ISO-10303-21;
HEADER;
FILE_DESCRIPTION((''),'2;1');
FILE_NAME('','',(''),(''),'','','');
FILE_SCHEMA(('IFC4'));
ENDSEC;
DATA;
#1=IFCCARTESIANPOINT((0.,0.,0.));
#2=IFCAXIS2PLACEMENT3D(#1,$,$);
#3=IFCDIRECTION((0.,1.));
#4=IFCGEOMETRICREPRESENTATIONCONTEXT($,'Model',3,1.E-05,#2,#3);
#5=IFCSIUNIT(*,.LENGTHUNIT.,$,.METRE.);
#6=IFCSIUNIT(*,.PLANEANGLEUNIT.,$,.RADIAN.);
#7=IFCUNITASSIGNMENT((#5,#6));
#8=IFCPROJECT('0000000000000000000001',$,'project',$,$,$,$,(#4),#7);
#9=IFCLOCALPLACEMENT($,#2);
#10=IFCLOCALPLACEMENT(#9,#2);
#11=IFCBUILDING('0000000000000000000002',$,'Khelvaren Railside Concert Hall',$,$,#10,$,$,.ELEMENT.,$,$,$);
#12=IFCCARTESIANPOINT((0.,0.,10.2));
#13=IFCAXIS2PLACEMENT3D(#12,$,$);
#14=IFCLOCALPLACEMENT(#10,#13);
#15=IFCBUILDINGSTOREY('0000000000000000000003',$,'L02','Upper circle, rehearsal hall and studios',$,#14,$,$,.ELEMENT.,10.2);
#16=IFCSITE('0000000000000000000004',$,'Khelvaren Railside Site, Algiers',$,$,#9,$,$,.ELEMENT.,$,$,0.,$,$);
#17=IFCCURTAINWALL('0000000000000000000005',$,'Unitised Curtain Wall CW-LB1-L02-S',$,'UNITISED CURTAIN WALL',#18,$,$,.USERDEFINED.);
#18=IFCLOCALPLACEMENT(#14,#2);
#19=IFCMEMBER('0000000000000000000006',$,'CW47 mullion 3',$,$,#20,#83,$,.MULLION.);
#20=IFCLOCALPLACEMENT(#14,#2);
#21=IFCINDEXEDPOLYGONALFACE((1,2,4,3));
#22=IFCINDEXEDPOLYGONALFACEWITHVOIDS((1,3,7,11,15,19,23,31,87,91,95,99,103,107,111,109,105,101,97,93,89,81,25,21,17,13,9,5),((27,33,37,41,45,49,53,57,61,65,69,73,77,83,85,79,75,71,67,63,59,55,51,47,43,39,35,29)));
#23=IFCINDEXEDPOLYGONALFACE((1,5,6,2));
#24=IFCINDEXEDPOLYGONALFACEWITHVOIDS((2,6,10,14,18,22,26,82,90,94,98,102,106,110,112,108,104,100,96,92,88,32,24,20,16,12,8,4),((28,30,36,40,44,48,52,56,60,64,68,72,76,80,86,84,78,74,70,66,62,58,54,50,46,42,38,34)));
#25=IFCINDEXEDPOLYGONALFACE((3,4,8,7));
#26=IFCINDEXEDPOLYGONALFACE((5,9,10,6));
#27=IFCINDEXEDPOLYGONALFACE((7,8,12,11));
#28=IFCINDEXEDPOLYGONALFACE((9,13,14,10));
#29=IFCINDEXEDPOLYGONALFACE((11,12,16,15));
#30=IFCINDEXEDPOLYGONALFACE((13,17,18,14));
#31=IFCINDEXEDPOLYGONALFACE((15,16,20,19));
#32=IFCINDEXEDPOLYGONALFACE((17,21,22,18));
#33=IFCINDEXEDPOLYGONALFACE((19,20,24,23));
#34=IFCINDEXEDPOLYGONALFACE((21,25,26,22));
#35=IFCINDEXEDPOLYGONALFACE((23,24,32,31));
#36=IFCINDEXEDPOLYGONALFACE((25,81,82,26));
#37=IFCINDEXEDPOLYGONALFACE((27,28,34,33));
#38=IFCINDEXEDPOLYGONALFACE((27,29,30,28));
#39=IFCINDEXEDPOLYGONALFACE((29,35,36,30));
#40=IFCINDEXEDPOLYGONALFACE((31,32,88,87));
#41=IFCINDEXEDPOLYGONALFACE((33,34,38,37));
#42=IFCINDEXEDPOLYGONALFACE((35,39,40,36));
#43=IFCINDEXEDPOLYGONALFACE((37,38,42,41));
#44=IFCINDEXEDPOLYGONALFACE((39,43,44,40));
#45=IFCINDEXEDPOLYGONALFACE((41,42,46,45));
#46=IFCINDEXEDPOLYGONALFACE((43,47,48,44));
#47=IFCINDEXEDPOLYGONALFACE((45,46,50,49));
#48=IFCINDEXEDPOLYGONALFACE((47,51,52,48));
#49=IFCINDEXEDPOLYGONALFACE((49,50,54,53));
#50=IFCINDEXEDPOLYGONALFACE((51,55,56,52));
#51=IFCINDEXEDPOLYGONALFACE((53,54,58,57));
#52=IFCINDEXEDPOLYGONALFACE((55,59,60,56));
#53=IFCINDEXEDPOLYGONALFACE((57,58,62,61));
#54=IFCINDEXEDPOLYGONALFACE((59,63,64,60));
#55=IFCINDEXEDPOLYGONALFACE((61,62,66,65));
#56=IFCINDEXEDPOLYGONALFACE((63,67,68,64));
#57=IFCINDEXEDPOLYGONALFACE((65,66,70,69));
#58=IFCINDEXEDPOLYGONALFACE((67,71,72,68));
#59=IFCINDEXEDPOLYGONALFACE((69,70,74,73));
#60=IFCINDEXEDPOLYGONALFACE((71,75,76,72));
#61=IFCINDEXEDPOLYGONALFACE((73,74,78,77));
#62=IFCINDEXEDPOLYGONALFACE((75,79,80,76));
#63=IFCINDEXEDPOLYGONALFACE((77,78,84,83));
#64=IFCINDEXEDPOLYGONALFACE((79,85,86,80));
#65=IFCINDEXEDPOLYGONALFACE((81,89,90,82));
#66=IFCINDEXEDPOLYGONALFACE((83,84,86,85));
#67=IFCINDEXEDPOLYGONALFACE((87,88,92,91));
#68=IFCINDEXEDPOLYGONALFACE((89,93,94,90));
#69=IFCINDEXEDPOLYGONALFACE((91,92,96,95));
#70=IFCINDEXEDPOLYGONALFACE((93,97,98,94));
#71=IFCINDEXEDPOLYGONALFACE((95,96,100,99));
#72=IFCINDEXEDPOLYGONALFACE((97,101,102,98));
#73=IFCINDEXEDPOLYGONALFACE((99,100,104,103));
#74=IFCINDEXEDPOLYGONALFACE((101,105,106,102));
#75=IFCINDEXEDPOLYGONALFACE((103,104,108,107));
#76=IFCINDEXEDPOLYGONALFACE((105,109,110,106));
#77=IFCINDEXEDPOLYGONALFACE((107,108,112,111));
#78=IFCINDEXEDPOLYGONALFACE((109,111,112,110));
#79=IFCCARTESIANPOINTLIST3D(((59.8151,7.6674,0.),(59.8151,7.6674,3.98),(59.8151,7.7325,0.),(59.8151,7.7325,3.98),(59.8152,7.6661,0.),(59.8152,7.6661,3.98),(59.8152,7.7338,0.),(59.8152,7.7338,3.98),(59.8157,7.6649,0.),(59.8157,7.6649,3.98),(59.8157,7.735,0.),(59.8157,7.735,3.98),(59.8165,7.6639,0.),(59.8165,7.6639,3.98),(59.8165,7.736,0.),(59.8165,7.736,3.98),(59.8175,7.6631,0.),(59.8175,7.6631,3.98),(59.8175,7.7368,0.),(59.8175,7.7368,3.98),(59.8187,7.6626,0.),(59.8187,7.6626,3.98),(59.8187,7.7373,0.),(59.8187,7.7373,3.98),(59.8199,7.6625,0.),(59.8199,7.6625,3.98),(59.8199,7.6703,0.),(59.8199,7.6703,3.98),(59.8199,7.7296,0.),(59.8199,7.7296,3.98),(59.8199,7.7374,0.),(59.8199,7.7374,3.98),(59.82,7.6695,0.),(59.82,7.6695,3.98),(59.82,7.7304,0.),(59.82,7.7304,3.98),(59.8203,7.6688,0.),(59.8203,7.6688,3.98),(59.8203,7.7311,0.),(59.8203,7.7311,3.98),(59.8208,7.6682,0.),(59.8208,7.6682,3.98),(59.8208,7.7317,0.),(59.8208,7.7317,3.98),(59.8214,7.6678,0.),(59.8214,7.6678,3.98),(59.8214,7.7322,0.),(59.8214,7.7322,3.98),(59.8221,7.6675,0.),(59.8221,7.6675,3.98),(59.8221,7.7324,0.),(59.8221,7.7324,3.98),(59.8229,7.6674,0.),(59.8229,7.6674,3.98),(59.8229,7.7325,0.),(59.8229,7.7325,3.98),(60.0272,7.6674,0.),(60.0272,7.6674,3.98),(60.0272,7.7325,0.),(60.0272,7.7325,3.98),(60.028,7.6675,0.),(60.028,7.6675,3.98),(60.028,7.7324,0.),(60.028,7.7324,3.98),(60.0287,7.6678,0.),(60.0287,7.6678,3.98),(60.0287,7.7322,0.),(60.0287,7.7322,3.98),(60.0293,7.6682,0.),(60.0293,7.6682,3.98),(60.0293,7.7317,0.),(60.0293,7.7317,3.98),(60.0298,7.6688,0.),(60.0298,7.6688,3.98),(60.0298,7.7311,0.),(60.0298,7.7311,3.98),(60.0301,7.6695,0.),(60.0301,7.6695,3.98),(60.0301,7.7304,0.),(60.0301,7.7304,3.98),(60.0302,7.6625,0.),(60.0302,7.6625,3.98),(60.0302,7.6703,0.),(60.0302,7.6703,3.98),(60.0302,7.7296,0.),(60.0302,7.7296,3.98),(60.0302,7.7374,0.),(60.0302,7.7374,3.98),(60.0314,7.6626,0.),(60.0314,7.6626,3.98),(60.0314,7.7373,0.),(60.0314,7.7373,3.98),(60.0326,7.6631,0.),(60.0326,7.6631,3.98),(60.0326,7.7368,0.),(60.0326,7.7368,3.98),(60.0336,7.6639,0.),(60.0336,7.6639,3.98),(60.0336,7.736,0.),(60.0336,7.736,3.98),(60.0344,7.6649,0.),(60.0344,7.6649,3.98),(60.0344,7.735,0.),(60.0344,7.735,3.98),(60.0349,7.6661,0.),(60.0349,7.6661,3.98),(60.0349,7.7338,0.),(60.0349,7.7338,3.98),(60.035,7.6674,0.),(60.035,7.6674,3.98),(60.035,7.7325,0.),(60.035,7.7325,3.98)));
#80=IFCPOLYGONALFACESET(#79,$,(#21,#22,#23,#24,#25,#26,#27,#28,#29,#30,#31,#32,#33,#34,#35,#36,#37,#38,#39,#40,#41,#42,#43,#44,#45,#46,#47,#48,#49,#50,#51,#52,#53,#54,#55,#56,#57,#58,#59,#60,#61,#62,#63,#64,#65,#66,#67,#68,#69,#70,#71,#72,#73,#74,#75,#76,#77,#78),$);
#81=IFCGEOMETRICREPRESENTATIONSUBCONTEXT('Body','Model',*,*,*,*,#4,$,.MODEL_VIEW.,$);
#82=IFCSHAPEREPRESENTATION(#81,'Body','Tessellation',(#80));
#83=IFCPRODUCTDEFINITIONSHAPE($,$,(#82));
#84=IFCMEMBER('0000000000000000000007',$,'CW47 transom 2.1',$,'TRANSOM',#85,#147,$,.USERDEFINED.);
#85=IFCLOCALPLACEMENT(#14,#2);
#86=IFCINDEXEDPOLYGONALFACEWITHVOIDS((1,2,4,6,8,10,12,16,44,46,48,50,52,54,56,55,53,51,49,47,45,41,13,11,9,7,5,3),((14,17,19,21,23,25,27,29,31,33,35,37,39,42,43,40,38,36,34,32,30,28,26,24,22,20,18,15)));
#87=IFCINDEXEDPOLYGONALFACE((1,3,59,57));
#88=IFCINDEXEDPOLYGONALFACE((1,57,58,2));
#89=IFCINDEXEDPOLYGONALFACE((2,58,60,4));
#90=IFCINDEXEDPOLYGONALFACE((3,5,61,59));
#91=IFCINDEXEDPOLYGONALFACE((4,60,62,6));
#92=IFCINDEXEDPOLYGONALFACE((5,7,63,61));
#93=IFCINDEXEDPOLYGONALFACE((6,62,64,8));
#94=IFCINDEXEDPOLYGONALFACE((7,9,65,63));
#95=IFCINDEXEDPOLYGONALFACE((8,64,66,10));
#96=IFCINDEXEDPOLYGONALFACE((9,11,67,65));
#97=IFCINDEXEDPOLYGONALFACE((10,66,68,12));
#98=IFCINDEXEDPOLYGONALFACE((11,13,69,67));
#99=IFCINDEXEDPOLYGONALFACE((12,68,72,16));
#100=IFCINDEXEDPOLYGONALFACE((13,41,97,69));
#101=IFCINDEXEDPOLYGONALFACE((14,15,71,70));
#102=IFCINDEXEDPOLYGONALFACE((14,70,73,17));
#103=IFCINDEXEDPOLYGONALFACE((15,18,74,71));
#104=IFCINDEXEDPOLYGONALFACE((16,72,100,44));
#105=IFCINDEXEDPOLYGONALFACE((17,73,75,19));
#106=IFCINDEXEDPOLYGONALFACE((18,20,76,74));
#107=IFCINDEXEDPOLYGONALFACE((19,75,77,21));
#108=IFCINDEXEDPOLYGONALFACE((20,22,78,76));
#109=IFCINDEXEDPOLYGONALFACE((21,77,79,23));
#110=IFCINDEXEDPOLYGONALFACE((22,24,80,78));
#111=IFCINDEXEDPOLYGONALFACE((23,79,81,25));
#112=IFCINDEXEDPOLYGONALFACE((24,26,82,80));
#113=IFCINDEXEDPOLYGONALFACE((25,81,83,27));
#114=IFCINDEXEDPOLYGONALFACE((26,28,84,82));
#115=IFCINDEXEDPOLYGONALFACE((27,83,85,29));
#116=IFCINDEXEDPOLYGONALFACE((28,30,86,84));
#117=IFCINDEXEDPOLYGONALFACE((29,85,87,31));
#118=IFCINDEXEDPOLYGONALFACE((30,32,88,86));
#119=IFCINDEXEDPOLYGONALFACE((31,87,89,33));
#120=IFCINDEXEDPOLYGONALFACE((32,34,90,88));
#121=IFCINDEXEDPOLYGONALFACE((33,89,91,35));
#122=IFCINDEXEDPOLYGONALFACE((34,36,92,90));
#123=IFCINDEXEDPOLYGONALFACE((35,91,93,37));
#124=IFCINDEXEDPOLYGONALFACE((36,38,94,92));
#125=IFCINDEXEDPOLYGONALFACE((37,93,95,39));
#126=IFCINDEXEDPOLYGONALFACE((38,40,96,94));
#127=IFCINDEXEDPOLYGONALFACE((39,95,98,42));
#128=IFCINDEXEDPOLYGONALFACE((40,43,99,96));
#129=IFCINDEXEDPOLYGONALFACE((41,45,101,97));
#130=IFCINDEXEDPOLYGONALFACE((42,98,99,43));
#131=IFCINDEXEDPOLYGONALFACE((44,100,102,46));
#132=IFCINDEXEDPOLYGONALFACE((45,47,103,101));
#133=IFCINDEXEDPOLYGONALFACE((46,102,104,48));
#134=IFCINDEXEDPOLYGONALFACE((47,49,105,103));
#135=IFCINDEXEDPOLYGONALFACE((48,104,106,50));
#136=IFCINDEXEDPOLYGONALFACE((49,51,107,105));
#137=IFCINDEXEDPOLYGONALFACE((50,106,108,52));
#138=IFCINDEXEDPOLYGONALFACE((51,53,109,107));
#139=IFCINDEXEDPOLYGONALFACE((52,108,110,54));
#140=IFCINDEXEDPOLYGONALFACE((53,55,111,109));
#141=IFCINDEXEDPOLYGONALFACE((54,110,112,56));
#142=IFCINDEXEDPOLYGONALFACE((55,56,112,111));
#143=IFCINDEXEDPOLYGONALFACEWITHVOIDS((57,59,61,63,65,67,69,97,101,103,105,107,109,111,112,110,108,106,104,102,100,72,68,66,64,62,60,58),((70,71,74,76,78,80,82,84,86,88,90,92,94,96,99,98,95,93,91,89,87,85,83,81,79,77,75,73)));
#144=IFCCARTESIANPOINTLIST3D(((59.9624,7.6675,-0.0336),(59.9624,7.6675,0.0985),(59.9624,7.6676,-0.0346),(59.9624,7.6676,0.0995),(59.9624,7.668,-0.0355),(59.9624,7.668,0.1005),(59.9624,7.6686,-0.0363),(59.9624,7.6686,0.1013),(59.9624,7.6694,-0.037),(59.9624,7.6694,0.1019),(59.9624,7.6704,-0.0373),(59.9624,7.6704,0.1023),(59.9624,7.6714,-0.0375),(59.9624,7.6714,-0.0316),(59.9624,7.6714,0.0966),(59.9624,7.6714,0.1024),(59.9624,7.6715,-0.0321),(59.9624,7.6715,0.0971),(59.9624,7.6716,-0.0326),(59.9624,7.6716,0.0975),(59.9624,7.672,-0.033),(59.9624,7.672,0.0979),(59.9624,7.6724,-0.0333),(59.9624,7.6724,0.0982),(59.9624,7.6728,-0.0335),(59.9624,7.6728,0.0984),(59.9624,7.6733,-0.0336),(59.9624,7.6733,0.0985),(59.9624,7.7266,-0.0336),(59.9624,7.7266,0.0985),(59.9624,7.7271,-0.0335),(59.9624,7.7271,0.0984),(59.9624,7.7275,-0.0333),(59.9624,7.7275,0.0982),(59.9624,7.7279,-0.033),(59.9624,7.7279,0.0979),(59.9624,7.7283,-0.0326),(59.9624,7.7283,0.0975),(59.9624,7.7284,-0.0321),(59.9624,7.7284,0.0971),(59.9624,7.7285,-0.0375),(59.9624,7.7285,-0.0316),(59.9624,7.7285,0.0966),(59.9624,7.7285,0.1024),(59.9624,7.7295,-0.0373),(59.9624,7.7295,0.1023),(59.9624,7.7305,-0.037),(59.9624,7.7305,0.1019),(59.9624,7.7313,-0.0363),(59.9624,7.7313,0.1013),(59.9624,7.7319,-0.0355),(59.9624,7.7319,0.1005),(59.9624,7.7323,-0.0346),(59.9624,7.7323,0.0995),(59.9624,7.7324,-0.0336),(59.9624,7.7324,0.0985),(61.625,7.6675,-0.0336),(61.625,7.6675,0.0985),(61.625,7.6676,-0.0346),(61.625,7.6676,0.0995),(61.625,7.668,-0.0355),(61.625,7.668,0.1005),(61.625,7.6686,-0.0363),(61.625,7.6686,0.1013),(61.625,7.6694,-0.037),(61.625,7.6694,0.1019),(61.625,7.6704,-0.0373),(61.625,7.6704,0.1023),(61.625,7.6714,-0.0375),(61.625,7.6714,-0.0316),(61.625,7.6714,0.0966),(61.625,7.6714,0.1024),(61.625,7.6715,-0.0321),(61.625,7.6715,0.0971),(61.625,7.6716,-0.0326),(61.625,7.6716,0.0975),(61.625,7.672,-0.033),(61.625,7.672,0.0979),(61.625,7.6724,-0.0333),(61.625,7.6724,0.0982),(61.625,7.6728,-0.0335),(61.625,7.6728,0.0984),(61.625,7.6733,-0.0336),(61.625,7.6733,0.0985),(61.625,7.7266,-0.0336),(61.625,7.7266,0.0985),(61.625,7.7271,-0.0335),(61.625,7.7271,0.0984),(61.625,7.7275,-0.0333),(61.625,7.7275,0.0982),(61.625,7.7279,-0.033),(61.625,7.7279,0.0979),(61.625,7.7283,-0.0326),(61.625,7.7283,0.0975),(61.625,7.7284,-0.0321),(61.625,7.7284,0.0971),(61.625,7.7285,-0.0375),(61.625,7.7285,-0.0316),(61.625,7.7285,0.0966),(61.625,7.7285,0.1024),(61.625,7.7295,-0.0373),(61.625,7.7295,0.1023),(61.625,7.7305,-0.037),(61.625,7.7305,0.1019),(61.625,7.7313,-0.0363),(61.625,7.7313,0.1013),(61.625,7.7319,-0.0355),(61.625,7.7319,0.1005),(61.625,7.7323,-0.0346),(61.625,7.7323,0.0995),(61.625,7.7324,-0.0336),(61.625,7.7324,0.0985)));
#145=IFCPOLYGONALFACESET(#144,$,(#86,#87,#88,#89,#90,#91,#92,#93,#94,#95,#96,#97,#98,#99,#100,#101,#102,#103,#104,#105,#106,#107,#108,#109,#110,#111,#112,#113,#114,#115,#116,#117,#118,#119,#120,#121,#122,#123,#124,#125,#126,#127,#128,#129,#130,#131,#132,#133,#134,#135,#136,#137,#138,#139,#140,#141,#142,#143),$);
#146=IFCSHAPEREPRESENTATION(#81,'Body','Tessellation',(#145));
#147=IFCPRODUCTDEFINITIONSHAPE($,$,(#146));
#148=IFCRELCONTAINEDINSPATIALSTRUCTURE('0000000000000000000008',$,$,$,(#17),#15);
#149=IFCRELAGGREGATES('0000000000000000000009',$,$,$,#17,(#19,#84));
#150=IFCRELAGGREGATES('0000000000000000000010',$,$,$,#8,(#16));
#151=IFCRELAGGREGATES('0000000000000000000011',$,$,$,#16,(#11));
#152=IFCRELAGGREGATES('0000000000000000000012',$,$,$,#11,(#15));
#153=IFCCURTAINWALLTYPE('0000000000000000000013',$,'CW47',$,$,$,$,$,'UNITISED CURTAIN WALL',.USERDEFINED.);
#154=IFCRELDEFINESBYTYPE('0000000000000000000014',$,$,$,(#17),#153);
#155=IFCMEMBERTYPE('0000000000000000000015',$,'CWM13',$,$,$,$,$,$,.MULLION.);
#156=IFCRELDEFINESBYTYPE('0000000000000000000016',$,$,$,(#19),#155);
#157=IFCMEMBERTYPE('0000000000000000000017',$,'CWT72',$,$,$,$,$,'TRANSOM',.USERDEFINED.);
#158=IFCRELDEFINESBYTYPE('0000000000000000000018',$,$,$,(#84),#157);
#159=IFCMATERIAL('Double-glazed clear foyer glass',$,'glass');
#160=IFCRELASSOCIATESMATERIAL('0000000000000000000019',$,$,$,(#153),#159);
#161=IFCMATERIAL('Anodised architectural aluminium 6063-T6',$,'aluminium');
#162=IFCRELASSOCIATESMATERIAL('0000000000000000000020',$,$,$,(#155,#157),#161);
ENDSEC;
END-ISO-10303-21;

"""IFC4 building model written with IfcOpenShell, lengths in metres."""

from ifc_helpers import new_model, si_unit, direction, frame, origin, origin_2d, place, context, subcontext, project, spatial, hollow_rectangle, extrude, material, material_profile, profile_set, type_object, element, aggregate, save


model = new_model("IFC4")

# Units and contexts
model_context = context("Model", 3, precision=1e-05, world=origin(), true_north=direction((0.0, 1.0)))
body_context = subcontext(model_context, "Body", "Model", "MODEL_VIEW")
ifc_project = project(units=[si_unit("LENGTHUNIT", "METRE"), si_unit("PLANEANGLEUNIT", "RADIAN")], contexts=[model_context])

# Site, building, storey
site_placement = place(None, origin())
site = spatial("IfcSite", under=ifc_project, at=site_placement, Name="Khelvaren Railside Site, Algiers", CompositionType="ELEMENT", RefElevation=0.0)
building_placement = place(site_placement, origin())
building = spatial("IfcBuilding", under=site, at=building_placement, Name="Khelvaren Railside Concert Hall", CompositionType="ELEMENT")
storey_placement = place(building_placement, frame((0.0, 0.0, 10.2)))
storey = spatial("IfcBuildingStorey", under=building, at=storey_placement, Name="L02", Description="Upper circle, rehearsal hall and studios", CompositionType="ELEMENT", Elevation=10.2)

# Curtain wall, members
ifc_material_1 = material(Name="Double-glazed clear foyer glass", Category="glass")
curtain_wall_type = type_object("IfcCurtainWallType", Name="CW47", ElementType="UNITISED CURTAIN WALL", PredefinedType="USERDEFINED", material=ifc_material_1)
curtain_wall_placement = place(storey_placement, origin())
curtain_wall = element("IfcCurtainWall", 1, at=curtain_wall_placement, inside=storey, type_object=curtain_wall_type, Name="Unitised Curtain Wall CW-LB1-L02-S", ObjectType="UNITISED CURTAIN WALL", PredefinedType="USERDEFINED")
ifc_material_2 = material(Name="Anodised architectural aluminium 6063-T6", Category="aluminium")
ifc_material_profile_1 = material_profile(ifc_material_2, hollow_rectangle(XDim=0.075, YDim=0.22, WallThickness=0.0049, InnerFilletRadius=0.0029, OuterFilletRadius=0.0049, at=origin_2d()), Name="CWM 75x220x5")
ifc_profile_set_1 = profile_set([ifc_material_profile_1], Name="Anodised architectural aluminium 6063-T6")
member_type_1 = type_object("IfcMemberType", Name="CWM13", PredefinedType="MULLION", material=ifc_profile_set_1)
member_1_placement = place(storey_placement, frame((59.925, 7.7, 0.0), z_axis=(0.0, 0.0, 1.0), x_axis=(0.0, -1.0, 0.0)))
member_1 = element("IfcMember", 2, at=member_1_placement, type_object=member_type_1, Name="CW47 mullion 3", PredefinedType="MULLION", context=body_context, shape_type="SweptSolid", body=[
    extrude(hollow_rectangle(XDim=0.075, YDim=0.22, WallThickness=0.0049, InnerFilletRadius=0.0029, OuterFilletRadius=0.0049, at=origin_2d()), origin(), (0.0, 0.0, 1.0), 3.98),
])
ifc_material_profile_2 = material_profile(ifc_material_2, hollow_rectangle(XDim=0.0649, YDim=0.1399, WallThickness=0.0039, InnerFilletRadius=0.002, OuterFilletRadius=0.0039, at=origin_2d()), Name="CWT 65x140x4")
ifc_profile_set_2 = profile_set([ifc_material_profile_2], Name="Anodised architectural aluminium 6063-T6")
member_type_2 = type_object("IfcMemberType", Name="CWT72", ElementType="TRANSOM", PredefinedType="USERDEFINED", material=ifc_profile_set_2)
member_2_placement = place(storey_placement, frame((61.625, 7.7, 0.0325), z_axis=(-1.0, 0.0, 0.0), x_axis=(0.0, -1.0, 0.0)))
member_2 = element("IfcMember", 3, at=member_2_placement, type_object=member_type_2, Name="CW47 transom 2.1", ObjectType="TRANSOM", PredefinedType="USERDEFINED", context=body_context, shape_type="SweptSolid", body=[
    extrude(hollow_rectangle(XDim=0.0649, YDim=0.1399, WallThickness=0.0039, InnerFilletRadius=0.002, OuterFilletRadius=0.0039, at=origin_2d()), origin(), (0.0, 0.0, 1.0), 1.6626),
])

aggregate(curtain_wall, [member_1, member_2])

save(model, "model.ifc")
